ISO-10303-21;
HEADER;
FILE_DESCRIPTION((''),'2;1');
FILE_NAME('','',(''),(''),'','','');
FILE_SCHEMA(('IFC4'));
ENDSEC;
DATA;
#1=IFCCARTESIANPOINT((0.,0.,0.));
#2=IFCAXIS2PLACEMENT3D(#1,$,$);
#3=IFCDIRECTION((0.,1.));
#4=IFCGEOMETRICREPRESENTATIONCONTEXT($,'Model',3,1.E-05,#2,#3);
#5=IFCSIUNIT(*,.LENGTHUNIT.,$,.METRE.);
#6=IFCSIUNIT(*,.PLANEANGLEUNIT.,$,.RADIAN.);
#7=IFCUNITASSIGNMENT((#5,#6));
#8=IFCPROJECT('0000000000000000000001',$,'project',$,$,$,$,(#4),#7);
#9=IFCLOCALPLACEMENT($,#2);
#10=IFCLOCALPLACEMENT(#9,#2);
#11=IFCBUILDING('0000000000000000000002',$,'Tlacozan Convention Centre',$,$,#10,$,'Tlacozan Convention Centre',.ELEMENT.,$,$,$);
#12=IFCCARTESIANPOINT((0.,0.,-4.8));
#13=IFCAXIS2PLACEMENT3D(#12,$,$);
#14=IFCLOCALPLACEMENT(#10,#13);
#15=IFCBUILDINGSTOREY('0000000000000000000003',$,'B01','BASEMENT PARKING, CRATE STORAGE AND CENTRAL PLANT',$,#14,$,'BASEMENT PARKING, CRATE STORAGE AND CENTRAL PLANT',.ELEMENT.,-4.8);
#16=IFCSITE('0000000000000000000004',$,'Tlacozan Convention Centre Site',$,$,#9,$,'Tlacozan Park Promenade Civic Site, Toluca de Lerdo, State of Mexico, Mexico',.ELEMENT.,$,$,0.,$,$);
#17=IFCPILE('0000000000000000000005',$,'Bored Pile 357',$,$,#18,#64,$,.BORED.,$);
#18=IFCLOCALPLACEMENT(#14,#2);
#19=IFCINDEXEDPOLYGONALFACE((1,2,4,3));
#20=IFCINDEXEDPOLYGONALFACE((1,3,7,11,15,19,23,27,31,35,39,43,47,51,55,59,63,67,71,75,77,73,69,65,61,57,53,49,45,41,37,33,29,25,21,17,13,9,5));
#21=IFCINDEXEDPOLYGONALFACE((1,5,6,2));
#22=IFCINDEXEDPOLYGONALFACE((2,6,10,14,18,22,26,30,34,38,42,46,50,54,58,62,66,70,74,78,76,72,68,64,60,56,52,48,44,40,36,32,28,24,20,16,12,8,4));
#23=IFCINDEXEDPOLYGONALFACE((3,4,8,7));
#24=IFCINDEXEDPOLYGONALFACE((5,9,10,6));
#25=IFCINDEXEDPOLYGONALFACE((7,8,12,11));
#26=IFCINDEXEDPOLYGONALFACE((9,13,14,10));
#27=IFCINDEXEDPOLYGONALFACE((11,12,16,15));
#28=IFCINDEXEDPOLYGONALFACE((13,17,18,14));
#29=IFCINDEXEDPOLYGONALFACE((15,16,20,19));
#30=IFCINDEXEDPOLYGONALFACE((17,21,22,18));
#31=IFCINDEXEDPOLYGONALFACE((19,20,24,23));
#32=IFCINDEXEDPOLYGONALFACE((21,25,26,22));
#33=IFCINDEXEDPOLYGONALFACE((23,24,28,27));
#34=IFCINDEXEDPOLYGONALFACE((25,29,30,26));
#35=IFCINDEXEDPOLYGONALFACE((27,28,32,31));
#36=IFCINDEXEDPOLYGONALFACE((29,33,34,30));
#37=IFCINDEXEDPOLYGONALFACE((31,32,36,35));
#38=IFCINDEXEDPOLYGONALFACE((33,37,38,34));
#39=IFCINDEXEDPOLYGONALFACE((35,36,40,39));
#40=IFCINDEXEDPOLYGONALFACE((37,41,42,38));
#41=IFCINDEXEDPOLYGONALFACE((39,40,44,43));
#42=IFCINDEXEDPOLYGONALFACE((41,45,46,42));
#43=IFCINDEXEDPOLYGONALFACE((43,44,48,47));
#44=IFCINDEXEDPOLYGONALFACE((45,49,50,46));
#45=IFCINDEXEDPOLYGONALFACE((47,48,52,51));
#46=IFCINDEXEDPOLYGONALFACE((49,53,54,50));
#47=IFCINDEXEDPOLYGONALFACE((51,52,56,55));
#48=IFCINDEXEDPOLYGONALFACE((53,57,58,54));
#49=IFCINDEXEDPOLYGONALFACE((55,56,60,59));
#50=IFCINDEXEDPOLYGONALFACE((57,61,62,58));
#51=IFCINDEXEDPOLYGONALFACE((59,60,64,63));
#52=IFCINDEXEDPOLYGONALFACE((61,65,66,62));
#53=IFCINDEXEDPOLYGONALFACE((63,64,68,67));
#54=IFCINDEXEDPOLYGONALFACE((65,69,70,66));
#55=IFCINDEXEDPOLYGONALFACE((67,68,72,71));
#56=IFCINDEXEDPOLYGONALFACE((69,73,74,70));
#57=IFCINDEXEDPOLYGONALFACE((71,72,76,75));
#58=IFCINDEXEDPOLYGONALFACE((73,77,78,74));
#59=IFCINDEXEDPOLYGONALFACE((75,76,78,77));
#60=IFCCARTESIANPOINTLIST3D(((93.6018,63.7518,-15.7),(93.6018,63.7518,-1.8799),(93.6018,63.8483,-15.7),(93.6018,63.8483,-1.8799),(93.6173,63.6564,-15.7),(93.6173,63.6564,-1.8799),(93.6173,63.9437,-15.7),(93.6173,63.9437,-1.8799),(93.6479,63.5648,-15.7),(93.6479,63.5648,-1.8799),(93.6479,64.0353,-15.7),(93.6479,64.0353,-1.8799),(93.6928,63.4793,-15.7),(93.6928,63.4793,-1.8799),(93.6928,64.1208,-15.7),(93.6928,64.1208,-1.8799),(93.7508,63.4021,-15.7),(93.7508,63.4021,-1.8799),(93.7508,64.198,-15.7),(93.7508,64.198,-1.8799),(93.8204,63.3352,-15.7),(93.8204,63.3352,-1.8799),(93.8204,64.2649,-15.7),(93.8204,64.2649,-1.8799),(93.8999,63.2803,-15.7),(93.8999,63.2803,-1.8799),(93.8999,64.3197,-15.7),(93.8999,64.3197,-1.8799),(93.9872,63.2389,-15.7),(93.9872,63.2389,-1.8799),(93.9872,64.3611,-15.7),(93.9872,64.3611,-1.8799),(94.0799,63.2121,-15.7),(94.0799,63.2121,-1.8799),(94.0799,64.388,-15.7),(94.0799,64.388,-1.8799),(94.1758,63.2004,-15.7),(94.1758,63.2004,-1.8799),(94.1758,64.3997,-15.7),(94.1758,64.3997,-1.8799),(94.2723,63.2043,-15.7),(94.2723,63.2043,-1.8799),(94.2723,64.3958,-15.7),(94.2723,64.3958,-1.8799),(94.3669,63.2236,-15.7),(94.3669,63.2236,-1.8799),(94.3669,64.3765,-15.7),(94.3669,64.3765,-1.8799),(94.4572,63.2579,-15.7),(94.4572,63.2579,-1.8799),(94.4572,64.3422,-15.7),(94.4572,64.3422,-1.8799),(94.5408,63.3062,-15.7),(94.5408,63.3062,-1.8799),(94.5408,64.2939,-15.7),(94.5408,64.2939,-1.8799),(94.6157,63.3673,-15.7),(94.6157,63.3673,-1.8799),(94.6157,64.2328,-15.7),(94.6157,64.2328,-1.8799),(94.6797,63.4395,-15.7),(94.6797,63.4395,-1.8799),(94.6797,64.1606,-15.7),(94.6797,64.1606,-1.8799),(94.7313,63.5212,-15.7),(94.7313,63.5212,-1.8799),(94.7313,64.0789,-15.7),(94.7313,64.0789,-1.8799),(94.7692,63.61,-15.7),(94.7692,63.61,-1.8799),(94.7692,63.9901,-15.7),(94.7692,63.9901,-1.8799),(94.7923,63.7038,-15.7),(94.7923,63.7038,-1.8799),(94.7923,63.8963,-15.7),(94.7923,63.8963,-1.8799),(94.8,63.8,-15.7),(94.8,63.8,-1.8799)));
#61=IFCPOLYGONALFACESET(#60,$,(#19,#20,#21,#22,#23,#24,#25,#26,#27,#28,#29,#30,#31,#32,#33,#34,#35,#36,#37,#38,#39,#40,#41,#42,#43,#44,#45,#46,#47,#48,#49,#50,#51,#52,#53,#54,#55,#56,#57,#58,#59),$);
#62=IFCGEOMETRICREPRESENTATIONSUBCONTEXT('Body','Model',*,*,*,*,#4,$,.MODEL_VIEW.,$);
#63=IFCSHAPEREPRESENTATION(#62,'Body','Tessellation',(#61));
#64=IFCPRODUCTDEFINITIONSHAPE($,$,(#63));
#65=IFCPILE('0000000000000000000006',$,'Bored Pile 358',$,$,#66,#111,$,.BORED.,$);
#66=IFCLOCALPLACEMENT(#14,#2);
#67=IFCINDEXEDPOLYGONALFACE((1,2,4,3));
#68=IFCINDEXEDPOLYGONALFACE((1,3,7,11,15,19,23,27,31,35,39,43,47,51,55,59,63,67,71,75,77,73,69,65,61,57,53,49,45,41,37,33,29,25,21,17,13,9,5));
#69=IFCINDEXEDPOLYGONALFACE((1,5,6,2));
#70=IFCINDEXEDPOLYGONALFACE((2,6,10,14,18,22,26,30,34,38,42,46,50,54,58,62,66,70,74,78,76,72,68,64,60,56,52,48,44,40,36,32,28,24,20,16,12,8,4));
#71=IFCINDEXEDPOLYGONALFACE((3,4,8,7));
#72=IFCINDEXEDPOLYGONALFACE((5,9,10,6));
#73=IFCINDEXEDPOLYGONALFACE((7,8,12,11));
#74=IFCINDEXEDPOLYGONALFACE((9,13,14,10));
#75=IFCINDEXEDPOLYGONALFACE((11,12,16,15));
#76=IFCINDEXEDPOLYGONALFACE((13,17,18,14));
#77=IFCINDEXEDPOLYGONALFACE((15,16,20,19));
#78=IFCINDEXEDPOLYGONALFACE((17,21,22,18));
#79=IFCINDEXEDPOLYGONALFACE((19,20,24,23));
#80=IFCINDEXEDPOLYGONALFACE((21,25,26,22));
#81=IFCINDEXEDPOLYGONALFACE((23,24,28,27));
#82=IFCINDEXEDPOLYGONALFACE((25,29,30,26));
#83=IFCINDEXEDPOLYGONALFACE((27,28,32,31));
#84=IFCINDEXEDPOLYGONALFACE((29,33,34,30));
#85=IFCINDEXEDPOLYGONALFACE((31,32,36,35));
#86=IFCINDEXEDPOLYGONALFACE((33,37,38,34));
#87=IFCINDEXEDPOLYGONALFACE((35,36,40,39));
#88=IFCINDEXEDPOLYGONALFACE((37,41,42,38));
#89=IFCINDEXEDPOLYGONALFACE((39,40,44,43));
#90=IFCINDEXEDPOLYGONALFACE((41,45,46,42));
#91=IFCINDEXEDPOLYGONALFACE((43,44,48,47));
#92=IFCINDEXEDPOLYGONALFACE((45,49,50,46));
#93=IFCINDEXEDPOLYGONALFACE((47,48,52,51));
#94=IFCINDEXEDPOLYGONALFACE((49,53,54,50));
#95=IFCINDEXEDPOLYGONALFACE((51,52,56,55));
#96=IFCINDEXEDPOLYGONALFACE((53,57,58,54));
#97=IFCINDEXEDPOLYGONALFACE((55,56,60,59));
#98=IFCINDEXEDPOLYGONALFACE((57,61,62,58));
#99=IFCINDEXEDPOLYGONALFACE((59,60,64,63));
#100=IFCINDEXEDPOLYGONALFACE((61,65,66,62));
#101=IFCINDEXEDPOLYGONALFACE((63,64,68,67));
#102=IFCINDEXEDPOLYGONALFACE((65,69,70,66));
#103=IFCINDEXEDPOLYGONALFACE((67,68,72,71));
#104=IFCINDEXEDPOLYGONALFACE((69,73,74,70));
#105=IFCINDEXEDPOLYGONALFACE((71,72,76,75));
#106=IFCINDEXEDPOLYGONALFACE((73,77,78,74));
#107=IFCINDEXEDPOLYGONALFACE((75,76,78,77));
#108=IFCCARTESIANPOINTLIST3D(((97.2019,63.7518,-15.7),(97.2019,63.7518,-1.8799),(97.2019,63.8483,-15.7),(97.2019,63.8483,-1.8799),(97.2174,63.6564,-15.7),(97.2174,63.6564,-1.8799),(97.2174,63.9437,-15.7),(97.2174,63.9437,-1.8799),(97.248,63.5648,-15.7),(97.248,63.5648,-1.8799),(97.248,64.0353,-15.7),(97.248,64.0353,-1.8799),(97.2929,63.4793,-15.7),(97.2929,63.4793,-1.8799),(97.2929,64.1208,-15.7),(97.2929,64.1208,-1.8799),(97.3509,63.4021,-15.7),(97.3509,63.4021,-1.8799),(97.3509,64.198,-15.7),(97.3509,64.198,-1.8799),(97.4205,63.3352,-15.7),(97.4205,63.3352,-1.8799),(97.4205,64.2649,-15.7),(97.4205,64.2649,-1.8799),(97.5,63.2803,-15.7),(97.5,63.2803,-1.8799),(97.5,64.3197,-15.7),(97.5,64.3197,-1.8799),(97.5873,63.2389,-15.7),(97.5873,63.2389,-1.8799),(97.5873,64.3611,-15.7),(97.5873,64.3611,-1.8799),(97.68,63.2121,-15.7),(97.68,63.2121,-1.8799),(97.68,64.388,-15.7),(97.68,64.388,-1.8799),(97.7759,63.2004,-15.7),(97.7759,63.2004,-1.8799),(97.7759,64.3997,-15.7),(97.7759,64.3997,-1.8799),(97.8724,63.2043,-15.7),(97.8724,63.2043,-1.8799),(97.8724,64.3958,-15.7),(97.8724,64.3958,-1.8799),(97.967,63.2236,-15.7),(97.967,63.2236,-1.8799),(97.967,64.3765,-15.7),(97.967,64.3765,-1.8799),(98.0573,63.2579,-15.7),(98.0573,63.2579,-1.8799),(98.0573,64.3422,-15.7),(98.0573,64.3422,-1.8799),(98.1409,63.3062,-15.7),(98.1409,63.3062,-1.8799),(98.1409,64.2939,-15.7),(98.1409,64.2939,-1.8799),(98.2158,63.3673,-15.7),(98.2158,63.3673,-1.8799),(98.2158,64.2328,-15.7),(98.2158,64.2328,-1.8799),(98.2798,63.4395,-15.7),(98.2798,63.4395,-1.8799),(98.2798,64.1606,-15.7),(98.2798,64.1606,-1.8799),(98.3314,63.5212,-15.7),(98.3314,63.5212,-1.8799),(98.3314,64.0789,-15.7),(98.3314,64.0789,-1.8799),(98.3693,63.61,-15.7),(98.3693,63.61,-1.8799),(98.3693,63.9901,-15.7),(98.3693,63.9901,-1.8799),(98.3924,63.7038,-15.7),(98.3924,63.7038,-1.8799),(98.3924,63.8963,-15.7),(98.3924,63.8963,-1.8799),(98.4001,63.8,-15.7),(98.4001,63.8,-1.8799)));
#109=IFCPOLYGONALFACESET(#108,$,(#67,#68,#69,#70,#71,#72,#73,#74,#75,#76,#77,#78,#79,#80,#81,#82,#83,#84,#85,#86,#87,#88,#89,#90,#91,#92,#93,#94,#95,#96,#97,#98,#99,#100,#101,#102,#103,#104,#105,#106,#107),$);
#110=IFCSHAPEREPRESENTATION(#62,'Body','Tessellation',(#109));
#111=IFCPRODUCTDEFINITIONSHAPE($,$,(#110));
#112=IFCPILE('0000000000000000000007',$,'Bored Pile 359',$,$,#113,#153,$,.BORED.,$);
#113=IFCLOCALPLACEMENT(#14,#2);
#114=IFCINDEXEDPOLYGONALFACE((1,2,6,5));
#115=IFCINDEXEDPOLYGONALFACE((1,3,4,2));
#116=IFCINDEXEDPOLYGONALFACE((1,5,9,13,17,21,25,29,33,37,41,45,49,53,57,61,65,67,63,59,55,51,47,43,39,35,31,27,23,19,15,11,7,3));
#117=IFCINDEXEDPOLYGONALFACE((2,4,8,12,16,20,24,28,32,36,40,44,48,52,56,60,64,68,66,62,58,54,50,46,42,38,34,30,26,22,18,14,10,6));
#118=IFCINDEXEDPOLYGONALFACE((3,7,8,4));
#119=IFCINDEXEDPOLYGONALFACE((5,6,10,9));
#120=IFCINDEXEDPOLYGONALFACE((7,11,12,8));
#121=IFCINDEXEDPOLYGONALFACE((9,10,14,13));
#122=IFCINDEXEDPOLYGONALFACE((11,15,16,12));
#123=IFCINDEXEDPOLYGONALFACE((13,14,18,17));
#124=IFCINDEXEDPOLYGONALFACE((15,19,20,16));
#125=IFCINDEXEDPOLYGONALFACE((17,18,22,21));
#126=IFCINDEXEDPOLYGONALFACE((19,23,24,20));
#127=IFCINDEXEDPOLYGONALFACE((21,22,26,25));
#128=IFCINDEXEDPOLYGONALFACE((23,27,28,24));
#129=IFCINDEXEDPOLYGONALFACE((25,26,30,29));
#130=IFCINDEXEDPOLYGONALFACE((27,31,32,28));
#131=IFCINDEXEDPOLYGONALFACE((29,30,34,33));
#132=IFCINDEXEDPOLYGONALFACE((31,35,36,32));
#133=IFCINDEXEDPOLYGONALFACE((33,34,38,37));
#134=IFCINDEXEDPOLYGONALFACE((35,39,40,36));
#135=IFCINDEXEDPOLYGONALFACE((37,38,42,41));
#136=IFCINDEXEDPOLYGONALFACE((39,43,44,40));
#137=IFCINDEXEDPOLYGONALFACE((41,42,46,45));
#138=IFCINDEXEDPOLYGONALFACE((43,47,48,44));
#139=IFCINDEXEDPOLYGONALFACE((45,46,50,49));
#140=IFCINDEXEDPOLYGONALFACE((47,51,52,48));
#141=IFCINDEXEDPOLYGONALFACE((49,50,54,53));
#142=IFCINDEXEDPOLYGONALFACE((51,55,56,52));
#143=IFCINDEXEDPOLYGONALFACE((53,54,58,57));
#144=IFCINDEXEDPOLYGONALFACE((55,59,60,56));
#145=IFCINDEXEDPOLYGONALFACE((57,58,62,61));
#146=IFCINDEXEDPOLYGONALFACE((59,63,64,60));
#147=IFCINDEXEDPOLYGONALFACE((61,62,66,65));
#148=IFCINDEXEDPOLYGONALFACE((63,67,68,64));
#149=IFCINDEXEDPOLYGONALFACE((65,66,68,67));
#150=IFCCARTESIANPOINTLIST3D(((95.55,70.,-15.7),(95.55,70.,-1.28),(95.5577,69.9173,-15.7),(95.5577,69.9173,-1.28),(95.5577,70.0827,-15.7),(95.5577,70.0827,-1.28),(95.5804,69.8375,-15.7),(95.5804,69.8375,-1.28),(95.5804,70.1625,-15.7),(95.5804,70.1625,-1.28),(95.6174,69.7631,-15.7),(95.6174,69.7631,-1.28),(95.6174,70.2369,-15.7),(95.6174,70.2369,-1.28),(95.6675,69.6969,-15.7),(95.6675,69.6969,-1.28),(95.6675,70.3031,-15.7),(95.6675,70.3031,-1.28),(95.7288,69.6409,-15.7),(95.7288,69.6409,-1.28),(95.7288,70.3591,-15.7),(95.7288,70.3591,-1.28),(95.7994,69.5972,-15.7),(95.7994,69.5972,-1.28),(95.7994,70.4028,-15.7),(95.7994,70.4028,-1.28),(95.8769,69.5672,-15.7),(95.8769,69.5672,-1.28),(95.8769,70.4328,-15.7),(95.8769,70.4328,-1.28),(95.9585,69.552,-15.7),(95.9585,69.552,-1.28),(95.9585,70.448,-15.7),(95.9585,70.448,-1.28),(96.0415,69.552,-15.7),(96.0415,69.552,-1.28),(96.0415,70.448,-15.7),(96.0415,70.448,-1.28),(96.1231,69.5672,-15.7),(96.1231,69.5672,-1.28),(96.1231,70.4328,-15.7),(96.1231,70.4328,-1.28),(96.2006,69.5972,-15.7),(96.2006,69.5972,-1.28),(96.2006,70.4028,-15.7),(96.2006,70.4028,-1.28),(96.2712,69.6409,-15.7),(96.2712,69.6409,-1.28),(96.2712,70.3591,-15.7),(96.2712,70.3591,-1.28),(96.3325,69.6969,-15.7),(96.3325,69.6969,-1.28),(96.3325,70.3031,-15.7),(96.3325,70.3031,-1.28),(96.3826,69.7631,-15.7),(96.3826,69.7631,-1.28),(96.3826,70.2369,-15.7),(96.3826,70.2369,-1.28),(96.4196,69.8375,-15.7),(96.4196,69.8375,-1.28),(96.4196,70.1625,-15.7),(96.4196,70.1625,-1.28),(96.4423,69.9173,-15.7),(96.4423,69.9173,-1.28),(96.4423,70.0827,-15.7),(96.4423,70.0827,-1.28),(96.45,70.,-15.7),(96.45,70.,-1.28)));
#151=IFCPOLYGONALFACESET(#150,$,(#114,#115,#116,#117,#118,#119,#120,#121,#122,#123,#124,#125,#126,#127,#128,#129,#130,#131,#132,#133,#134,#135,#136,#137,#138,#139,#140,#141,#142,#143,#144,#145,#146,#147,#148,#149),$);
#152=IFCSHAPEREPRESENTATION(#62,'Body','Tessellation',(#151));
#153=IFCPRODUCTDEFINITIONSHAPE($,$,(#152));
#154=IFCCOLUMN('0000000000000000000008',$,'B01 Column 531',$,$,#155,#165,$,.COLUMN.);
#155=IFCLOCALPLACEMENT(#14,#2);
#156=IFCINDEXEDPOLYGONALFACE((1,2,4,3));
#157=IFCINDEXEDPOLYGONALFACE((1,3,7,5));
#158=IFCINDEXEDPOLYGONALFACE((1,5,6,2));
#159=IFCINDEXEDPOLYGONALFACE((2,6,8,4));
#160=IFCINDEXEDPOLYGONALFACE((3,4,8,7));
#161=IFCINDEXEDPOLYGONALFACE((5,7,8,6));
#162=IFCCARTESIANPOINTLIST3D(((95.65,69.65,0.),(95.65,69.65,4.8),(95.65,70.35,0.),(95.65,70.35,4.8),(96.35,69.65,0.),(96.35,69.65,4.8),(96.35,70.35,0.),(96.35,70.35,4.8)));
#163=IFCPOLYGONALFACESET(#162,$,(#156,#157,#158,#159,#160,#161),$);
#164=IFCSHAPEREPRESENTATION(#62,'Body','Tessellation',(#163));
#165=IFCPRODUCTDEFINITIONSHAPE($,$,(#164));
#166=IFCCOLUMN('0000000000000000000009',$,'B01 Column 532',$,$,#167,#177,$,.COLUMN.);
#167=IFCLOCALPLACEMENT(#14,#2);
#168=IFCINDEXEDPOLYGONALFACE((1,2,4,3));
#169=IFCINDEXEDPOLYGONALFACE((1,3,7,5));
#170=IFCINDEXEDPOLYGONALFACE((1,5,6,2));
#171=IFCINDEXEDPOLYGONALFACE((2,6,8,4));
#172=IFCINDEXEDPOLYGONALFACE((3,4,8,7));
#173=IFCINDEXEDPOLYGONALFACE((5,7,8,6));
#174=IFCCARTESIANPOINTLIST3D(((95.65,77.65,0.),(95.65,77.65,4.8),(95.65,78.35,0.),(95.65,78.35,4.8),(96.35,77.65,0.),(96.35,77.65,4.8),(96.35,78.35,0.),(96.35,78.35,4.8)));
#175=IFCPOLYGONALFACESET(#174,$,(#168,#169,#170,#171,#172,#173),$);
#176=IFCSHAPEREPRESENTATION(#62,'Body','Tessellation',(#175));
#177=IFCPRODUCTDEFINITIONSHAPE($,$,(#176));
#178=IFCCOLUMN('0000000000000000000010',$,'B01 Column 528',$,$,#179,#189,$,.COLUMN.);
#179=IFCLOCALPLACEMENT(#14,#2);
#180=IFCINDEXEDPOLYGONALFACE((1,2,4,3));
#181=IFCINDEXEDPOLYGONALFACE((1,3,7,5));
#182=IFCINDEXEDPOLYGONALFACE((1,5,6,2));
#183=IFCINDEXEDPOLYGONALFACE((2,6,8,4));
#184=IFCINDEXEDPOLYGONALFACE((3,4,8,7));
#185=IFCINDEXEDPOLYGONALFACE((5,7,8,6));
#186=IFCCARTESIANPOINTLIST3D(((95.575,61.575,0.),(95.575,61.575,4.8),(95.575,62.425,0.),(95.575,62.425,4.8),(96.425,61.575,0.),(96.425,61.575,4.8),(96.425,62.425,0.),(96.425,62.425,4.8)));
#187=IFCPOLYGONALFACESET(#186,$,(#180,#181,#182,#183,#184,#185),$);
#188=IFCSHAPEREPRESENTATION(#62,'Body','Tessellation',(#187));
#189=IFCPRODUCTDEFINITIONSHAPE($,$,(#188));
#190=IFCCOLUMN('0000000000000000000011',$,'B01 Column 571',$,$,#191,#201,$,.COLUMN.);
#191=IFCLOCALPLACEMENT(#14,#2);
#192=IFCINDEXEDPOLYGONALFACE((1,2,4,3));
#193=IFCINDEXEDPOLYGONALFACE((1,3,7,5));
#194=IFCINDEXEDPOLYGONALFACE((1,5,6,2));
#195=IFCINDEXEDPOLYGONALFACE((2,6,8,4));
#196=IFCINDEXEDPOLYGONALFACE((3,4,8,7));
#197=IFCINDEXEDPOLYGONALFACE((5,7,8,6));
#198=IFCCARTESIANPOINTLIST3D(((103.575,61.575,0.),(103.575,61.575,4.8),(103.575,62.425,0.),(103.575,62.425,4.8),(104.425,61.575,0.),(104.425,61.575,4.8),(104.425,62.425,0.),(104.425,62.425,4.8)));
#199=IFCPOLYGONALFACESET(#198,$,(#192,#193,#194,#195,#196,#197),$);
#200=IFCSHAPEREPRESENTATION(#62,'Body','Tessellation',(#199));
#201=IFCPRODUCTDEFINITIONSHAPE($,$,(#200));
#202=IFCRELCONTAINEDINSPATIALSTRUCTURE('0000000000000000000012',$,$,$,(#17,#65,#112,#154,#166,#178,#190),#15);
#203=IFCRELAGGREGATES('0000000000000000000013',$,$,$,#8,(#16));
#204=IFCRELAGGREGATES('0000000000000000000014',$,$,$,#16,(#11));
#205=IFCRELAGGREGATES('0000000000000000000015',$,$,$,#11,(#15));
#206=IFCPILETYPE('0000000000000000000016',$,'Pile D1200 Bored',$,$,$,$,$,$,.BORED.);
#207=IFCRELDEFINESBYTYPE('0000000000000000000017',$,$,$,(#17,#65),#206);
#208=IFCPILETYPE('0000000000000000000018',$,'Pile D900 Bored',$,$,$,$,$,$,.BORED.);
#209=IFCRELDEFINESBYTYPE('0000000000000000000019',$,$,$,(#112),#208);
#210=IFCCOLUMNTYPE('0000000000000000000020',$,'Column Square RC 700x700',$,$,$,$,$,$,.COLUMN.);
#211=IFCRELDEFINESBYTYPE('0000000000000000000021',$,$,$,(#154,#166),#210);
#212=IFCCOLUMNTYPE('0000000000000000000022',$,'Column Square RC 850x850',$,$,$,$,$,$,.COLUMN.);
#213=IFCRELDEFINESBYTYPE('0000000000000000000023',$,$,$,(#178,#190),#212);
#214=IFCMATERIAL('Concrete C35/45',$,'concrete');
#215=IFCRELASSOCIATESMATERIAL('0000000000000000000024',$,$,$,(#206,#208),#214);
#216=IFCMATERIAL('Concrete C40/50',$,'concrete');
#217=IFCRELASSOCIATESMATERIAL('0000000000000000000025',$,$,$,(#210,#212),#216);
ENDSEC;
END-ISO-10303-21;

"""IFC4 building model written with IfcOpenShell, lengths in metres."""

from ifc_helpers import new_model, si_unit, direction, frame, origin, origin_2d, place, context, subcontext, project, spatial, rectangle, circle, extrude, material, material_profile, profile_set, type_object, element, save


model = new_model("IFC4")

# Units and contexts
model_context = context("Model", 3, precision=1e-05, world=origin(), true_north=direction((0.0, 1.0)))
body_context = subcontext(model_context, "Body", "Model", "MODEL_VIEW")
ifc_project = project(units=[si_unit("LENGTHUNIT", "METRE"), si_unit("PLANEANGLEUNIT", "RADIAN")], contexts=[model_context])

# Site, building, storey
site_placement = place(None, origin())
site = spatial("IfcSite", under=ifc_project, at=site_placement, Name="Tlacozan Convention Centre Site", LongName="Tlacozan Park Promenade Civic Site, Toluca de Lerdo, State of Mexico, Mexico", CompositionType="ELEMENT", RefElevation=0.0)
building_placement = place(site_placement, origin())
building = spatial("IfcBuilding", under=site, at=building_placement, Name="Tlacozan Convention Centre", LongName="Tlacozan Convention Centre", CompositionType="ELEMENT")
storey_placement = place(building_placement, frame((0.0, 0.0, -4.8)))
storey = spatial("IfcBuildingStorey", under=building, at=storey_placement, Name="B01", Description="BASEMENT PARKING, CRATE STORAGE AND CENTRAL PLANT", LongName="BASEMENT PARKING, CRATE STORAGE AND CENTRAL PLANT", CompositionType="ELEMENT", Elevation=-4.8)

# Shared definitions
ifc_material_1 = material(Name="Concrete C35/45", Category="concrete")

# Piles
ifc_material_profile_1 = material_profile(ifc_material_1, circle(Radius=0.6001, at=origin_2d()), Name="PILE D1200")
ifc_profile_set_1 = profile_set([ifc_material_profile_1], Name="Concrete C35/45")
pile_type_1 = type_object("IfcPileType", Name="Pile D1200 Bored", PredefinedType="BORED", material=ifc_profile_set_1)
for number, where, z_axis, x_axis, name in (
    (1, (94.2, 63.8, -1.8799), (0.0, 0.0, -1.0), (1.0, 0.0, 0.0), "Bored Pile 357"),
    (2, (97.8, 63.8, -1.8799), (0.0, 0.0, -1.0), (1.0, 0.0, 0.0), "Bored Pile 358"),
):
    element("IfcPile", number, at=place(storey_placement, frame(where, z_axis=z_axis, x_axis=x_axis)), inside=storey, type_object=pile_type_1, Name=name, PredefinedType="BORED", context=body_context, shape_type="SweptSolid", body=[
        extrude(circle(Radius=0.6001, at=origin_2d()), origin(), (0.0, 0.0, 1.0), 13.8201),
    ])
ifc_material_profile_2 = material_profile(ifc_material_1, circle(Radius=0.45, at=origin_2d()), Name="PILE D900")
ifc_profile_set_2 = profile_set([ifc_material_profile_2], Name="Concrete C35/45")
pile_type_2 = type_object("IfcPileType", Name="Pile D900 Bored", PredefinedType="BORED", material=ifc_profile_set_2)
pile_1_placement = place(storey_placement, frame((96.0, 70.0, -1.28), z_axis=(0.0, 0.0, -1.0), x_axis=(1.0, 0.0, 0.0)))
element("IfcPile", 3, at=pile_1_placement, inside=storey, type_object=pile_type_2, Name="Bored Pile 359", PredefinedType="BORED", context=body_context, shape_type="SweptSolid", body=[
    extrude(circle(Radius=0.45, at=origin_2d()), origin(), (0.0, 0.0, 1.0), 14.4199),
])

# Columns
ifc_material_2 = material(Name="Concrete C40/50", Category="concrete")
ifc_material_profile_3 = material_profile(ifc_material_2, rectangle(XDim=0.7, YDim=0.7, at=origin_2d()), Name="RC 700x700")
ifc_profile_set_3 = profile_set([ifc_material_profile_3], Name="Concrete C40/50")
column_type_1 = type_object("IfcColumnType", Name="Column Square RC 700x700", PredefinedType="COLUMN", material=ifc_profile_set_3)
for number, where, z_axis, x_axis, name in (
    (4, (96.0, 70.0, 0.0), (0.0, 0.0, 1.0), (1.0, 0.0, 0.0), "B01 Column 531"),
    (5, (96.0, 78.0, 0.0), (0.0, 0.0, 1.0), (1.0, 0.0, 0.0), "B01 Column 532"),
):
    element("IfcColumn", number, at=place(storey_placement, frame(where, z_axis=z_axis, x_axis=x_axis)), inside=storey, type_object=column_type_1, Name=name, PredefinedType="COLUMN", context=body_context, shape_type="SweptSolid", body=[
        extrude(rectangle(XDim=0.7, YDim=0.7, at=origin_2d()), origin(), (0.0, 0.0, 1.0), 4.8),
    ])
ifc_material_profile_4 = material_profile(ifc_material_2, rectangle(XDim=0.8501, YDim=0.8501, at=origin_2d()), Name="RC 850x850")
ifc_profile_set_4 = profile_set([ifc_material_profile_4], Name="Concrete C40/50")
column_type_2 = type_object("IfcColumnType", Name="Column Square RC 850x850", PredefinedType="COLUMN", material=ifc_profile_set_4)
for number, where, z_axis, x_axis, name in (
    (6, (96.0, 62.0, 0.0), (0.0, 0.0, 1.0), (1.0, 0.0, 0.0), "B01 Column 528"),
    (7, (104.0, 62.0, 0.0), (0.0, 0.0, 1.0), (1.0, 0.0, 0.0), "B01 Column 571"),
):
    element("IfcColumn", number, at=place(storey_placement, frame(where, z_axis=z_axis, x_axis=x_axis)), inside=storey, type_object=column_type_2, Name=name, PredefinedType="COLUMN", context=body_context, shape_type="SweptSolid", body=[
        extrude(rectangle(XDim=0.8501, YDim=0.8501, at=origin_2d()), origin(), (0.0, 0.0, 1.0), 4.8),
    ])

save(model, "model.ifc")
